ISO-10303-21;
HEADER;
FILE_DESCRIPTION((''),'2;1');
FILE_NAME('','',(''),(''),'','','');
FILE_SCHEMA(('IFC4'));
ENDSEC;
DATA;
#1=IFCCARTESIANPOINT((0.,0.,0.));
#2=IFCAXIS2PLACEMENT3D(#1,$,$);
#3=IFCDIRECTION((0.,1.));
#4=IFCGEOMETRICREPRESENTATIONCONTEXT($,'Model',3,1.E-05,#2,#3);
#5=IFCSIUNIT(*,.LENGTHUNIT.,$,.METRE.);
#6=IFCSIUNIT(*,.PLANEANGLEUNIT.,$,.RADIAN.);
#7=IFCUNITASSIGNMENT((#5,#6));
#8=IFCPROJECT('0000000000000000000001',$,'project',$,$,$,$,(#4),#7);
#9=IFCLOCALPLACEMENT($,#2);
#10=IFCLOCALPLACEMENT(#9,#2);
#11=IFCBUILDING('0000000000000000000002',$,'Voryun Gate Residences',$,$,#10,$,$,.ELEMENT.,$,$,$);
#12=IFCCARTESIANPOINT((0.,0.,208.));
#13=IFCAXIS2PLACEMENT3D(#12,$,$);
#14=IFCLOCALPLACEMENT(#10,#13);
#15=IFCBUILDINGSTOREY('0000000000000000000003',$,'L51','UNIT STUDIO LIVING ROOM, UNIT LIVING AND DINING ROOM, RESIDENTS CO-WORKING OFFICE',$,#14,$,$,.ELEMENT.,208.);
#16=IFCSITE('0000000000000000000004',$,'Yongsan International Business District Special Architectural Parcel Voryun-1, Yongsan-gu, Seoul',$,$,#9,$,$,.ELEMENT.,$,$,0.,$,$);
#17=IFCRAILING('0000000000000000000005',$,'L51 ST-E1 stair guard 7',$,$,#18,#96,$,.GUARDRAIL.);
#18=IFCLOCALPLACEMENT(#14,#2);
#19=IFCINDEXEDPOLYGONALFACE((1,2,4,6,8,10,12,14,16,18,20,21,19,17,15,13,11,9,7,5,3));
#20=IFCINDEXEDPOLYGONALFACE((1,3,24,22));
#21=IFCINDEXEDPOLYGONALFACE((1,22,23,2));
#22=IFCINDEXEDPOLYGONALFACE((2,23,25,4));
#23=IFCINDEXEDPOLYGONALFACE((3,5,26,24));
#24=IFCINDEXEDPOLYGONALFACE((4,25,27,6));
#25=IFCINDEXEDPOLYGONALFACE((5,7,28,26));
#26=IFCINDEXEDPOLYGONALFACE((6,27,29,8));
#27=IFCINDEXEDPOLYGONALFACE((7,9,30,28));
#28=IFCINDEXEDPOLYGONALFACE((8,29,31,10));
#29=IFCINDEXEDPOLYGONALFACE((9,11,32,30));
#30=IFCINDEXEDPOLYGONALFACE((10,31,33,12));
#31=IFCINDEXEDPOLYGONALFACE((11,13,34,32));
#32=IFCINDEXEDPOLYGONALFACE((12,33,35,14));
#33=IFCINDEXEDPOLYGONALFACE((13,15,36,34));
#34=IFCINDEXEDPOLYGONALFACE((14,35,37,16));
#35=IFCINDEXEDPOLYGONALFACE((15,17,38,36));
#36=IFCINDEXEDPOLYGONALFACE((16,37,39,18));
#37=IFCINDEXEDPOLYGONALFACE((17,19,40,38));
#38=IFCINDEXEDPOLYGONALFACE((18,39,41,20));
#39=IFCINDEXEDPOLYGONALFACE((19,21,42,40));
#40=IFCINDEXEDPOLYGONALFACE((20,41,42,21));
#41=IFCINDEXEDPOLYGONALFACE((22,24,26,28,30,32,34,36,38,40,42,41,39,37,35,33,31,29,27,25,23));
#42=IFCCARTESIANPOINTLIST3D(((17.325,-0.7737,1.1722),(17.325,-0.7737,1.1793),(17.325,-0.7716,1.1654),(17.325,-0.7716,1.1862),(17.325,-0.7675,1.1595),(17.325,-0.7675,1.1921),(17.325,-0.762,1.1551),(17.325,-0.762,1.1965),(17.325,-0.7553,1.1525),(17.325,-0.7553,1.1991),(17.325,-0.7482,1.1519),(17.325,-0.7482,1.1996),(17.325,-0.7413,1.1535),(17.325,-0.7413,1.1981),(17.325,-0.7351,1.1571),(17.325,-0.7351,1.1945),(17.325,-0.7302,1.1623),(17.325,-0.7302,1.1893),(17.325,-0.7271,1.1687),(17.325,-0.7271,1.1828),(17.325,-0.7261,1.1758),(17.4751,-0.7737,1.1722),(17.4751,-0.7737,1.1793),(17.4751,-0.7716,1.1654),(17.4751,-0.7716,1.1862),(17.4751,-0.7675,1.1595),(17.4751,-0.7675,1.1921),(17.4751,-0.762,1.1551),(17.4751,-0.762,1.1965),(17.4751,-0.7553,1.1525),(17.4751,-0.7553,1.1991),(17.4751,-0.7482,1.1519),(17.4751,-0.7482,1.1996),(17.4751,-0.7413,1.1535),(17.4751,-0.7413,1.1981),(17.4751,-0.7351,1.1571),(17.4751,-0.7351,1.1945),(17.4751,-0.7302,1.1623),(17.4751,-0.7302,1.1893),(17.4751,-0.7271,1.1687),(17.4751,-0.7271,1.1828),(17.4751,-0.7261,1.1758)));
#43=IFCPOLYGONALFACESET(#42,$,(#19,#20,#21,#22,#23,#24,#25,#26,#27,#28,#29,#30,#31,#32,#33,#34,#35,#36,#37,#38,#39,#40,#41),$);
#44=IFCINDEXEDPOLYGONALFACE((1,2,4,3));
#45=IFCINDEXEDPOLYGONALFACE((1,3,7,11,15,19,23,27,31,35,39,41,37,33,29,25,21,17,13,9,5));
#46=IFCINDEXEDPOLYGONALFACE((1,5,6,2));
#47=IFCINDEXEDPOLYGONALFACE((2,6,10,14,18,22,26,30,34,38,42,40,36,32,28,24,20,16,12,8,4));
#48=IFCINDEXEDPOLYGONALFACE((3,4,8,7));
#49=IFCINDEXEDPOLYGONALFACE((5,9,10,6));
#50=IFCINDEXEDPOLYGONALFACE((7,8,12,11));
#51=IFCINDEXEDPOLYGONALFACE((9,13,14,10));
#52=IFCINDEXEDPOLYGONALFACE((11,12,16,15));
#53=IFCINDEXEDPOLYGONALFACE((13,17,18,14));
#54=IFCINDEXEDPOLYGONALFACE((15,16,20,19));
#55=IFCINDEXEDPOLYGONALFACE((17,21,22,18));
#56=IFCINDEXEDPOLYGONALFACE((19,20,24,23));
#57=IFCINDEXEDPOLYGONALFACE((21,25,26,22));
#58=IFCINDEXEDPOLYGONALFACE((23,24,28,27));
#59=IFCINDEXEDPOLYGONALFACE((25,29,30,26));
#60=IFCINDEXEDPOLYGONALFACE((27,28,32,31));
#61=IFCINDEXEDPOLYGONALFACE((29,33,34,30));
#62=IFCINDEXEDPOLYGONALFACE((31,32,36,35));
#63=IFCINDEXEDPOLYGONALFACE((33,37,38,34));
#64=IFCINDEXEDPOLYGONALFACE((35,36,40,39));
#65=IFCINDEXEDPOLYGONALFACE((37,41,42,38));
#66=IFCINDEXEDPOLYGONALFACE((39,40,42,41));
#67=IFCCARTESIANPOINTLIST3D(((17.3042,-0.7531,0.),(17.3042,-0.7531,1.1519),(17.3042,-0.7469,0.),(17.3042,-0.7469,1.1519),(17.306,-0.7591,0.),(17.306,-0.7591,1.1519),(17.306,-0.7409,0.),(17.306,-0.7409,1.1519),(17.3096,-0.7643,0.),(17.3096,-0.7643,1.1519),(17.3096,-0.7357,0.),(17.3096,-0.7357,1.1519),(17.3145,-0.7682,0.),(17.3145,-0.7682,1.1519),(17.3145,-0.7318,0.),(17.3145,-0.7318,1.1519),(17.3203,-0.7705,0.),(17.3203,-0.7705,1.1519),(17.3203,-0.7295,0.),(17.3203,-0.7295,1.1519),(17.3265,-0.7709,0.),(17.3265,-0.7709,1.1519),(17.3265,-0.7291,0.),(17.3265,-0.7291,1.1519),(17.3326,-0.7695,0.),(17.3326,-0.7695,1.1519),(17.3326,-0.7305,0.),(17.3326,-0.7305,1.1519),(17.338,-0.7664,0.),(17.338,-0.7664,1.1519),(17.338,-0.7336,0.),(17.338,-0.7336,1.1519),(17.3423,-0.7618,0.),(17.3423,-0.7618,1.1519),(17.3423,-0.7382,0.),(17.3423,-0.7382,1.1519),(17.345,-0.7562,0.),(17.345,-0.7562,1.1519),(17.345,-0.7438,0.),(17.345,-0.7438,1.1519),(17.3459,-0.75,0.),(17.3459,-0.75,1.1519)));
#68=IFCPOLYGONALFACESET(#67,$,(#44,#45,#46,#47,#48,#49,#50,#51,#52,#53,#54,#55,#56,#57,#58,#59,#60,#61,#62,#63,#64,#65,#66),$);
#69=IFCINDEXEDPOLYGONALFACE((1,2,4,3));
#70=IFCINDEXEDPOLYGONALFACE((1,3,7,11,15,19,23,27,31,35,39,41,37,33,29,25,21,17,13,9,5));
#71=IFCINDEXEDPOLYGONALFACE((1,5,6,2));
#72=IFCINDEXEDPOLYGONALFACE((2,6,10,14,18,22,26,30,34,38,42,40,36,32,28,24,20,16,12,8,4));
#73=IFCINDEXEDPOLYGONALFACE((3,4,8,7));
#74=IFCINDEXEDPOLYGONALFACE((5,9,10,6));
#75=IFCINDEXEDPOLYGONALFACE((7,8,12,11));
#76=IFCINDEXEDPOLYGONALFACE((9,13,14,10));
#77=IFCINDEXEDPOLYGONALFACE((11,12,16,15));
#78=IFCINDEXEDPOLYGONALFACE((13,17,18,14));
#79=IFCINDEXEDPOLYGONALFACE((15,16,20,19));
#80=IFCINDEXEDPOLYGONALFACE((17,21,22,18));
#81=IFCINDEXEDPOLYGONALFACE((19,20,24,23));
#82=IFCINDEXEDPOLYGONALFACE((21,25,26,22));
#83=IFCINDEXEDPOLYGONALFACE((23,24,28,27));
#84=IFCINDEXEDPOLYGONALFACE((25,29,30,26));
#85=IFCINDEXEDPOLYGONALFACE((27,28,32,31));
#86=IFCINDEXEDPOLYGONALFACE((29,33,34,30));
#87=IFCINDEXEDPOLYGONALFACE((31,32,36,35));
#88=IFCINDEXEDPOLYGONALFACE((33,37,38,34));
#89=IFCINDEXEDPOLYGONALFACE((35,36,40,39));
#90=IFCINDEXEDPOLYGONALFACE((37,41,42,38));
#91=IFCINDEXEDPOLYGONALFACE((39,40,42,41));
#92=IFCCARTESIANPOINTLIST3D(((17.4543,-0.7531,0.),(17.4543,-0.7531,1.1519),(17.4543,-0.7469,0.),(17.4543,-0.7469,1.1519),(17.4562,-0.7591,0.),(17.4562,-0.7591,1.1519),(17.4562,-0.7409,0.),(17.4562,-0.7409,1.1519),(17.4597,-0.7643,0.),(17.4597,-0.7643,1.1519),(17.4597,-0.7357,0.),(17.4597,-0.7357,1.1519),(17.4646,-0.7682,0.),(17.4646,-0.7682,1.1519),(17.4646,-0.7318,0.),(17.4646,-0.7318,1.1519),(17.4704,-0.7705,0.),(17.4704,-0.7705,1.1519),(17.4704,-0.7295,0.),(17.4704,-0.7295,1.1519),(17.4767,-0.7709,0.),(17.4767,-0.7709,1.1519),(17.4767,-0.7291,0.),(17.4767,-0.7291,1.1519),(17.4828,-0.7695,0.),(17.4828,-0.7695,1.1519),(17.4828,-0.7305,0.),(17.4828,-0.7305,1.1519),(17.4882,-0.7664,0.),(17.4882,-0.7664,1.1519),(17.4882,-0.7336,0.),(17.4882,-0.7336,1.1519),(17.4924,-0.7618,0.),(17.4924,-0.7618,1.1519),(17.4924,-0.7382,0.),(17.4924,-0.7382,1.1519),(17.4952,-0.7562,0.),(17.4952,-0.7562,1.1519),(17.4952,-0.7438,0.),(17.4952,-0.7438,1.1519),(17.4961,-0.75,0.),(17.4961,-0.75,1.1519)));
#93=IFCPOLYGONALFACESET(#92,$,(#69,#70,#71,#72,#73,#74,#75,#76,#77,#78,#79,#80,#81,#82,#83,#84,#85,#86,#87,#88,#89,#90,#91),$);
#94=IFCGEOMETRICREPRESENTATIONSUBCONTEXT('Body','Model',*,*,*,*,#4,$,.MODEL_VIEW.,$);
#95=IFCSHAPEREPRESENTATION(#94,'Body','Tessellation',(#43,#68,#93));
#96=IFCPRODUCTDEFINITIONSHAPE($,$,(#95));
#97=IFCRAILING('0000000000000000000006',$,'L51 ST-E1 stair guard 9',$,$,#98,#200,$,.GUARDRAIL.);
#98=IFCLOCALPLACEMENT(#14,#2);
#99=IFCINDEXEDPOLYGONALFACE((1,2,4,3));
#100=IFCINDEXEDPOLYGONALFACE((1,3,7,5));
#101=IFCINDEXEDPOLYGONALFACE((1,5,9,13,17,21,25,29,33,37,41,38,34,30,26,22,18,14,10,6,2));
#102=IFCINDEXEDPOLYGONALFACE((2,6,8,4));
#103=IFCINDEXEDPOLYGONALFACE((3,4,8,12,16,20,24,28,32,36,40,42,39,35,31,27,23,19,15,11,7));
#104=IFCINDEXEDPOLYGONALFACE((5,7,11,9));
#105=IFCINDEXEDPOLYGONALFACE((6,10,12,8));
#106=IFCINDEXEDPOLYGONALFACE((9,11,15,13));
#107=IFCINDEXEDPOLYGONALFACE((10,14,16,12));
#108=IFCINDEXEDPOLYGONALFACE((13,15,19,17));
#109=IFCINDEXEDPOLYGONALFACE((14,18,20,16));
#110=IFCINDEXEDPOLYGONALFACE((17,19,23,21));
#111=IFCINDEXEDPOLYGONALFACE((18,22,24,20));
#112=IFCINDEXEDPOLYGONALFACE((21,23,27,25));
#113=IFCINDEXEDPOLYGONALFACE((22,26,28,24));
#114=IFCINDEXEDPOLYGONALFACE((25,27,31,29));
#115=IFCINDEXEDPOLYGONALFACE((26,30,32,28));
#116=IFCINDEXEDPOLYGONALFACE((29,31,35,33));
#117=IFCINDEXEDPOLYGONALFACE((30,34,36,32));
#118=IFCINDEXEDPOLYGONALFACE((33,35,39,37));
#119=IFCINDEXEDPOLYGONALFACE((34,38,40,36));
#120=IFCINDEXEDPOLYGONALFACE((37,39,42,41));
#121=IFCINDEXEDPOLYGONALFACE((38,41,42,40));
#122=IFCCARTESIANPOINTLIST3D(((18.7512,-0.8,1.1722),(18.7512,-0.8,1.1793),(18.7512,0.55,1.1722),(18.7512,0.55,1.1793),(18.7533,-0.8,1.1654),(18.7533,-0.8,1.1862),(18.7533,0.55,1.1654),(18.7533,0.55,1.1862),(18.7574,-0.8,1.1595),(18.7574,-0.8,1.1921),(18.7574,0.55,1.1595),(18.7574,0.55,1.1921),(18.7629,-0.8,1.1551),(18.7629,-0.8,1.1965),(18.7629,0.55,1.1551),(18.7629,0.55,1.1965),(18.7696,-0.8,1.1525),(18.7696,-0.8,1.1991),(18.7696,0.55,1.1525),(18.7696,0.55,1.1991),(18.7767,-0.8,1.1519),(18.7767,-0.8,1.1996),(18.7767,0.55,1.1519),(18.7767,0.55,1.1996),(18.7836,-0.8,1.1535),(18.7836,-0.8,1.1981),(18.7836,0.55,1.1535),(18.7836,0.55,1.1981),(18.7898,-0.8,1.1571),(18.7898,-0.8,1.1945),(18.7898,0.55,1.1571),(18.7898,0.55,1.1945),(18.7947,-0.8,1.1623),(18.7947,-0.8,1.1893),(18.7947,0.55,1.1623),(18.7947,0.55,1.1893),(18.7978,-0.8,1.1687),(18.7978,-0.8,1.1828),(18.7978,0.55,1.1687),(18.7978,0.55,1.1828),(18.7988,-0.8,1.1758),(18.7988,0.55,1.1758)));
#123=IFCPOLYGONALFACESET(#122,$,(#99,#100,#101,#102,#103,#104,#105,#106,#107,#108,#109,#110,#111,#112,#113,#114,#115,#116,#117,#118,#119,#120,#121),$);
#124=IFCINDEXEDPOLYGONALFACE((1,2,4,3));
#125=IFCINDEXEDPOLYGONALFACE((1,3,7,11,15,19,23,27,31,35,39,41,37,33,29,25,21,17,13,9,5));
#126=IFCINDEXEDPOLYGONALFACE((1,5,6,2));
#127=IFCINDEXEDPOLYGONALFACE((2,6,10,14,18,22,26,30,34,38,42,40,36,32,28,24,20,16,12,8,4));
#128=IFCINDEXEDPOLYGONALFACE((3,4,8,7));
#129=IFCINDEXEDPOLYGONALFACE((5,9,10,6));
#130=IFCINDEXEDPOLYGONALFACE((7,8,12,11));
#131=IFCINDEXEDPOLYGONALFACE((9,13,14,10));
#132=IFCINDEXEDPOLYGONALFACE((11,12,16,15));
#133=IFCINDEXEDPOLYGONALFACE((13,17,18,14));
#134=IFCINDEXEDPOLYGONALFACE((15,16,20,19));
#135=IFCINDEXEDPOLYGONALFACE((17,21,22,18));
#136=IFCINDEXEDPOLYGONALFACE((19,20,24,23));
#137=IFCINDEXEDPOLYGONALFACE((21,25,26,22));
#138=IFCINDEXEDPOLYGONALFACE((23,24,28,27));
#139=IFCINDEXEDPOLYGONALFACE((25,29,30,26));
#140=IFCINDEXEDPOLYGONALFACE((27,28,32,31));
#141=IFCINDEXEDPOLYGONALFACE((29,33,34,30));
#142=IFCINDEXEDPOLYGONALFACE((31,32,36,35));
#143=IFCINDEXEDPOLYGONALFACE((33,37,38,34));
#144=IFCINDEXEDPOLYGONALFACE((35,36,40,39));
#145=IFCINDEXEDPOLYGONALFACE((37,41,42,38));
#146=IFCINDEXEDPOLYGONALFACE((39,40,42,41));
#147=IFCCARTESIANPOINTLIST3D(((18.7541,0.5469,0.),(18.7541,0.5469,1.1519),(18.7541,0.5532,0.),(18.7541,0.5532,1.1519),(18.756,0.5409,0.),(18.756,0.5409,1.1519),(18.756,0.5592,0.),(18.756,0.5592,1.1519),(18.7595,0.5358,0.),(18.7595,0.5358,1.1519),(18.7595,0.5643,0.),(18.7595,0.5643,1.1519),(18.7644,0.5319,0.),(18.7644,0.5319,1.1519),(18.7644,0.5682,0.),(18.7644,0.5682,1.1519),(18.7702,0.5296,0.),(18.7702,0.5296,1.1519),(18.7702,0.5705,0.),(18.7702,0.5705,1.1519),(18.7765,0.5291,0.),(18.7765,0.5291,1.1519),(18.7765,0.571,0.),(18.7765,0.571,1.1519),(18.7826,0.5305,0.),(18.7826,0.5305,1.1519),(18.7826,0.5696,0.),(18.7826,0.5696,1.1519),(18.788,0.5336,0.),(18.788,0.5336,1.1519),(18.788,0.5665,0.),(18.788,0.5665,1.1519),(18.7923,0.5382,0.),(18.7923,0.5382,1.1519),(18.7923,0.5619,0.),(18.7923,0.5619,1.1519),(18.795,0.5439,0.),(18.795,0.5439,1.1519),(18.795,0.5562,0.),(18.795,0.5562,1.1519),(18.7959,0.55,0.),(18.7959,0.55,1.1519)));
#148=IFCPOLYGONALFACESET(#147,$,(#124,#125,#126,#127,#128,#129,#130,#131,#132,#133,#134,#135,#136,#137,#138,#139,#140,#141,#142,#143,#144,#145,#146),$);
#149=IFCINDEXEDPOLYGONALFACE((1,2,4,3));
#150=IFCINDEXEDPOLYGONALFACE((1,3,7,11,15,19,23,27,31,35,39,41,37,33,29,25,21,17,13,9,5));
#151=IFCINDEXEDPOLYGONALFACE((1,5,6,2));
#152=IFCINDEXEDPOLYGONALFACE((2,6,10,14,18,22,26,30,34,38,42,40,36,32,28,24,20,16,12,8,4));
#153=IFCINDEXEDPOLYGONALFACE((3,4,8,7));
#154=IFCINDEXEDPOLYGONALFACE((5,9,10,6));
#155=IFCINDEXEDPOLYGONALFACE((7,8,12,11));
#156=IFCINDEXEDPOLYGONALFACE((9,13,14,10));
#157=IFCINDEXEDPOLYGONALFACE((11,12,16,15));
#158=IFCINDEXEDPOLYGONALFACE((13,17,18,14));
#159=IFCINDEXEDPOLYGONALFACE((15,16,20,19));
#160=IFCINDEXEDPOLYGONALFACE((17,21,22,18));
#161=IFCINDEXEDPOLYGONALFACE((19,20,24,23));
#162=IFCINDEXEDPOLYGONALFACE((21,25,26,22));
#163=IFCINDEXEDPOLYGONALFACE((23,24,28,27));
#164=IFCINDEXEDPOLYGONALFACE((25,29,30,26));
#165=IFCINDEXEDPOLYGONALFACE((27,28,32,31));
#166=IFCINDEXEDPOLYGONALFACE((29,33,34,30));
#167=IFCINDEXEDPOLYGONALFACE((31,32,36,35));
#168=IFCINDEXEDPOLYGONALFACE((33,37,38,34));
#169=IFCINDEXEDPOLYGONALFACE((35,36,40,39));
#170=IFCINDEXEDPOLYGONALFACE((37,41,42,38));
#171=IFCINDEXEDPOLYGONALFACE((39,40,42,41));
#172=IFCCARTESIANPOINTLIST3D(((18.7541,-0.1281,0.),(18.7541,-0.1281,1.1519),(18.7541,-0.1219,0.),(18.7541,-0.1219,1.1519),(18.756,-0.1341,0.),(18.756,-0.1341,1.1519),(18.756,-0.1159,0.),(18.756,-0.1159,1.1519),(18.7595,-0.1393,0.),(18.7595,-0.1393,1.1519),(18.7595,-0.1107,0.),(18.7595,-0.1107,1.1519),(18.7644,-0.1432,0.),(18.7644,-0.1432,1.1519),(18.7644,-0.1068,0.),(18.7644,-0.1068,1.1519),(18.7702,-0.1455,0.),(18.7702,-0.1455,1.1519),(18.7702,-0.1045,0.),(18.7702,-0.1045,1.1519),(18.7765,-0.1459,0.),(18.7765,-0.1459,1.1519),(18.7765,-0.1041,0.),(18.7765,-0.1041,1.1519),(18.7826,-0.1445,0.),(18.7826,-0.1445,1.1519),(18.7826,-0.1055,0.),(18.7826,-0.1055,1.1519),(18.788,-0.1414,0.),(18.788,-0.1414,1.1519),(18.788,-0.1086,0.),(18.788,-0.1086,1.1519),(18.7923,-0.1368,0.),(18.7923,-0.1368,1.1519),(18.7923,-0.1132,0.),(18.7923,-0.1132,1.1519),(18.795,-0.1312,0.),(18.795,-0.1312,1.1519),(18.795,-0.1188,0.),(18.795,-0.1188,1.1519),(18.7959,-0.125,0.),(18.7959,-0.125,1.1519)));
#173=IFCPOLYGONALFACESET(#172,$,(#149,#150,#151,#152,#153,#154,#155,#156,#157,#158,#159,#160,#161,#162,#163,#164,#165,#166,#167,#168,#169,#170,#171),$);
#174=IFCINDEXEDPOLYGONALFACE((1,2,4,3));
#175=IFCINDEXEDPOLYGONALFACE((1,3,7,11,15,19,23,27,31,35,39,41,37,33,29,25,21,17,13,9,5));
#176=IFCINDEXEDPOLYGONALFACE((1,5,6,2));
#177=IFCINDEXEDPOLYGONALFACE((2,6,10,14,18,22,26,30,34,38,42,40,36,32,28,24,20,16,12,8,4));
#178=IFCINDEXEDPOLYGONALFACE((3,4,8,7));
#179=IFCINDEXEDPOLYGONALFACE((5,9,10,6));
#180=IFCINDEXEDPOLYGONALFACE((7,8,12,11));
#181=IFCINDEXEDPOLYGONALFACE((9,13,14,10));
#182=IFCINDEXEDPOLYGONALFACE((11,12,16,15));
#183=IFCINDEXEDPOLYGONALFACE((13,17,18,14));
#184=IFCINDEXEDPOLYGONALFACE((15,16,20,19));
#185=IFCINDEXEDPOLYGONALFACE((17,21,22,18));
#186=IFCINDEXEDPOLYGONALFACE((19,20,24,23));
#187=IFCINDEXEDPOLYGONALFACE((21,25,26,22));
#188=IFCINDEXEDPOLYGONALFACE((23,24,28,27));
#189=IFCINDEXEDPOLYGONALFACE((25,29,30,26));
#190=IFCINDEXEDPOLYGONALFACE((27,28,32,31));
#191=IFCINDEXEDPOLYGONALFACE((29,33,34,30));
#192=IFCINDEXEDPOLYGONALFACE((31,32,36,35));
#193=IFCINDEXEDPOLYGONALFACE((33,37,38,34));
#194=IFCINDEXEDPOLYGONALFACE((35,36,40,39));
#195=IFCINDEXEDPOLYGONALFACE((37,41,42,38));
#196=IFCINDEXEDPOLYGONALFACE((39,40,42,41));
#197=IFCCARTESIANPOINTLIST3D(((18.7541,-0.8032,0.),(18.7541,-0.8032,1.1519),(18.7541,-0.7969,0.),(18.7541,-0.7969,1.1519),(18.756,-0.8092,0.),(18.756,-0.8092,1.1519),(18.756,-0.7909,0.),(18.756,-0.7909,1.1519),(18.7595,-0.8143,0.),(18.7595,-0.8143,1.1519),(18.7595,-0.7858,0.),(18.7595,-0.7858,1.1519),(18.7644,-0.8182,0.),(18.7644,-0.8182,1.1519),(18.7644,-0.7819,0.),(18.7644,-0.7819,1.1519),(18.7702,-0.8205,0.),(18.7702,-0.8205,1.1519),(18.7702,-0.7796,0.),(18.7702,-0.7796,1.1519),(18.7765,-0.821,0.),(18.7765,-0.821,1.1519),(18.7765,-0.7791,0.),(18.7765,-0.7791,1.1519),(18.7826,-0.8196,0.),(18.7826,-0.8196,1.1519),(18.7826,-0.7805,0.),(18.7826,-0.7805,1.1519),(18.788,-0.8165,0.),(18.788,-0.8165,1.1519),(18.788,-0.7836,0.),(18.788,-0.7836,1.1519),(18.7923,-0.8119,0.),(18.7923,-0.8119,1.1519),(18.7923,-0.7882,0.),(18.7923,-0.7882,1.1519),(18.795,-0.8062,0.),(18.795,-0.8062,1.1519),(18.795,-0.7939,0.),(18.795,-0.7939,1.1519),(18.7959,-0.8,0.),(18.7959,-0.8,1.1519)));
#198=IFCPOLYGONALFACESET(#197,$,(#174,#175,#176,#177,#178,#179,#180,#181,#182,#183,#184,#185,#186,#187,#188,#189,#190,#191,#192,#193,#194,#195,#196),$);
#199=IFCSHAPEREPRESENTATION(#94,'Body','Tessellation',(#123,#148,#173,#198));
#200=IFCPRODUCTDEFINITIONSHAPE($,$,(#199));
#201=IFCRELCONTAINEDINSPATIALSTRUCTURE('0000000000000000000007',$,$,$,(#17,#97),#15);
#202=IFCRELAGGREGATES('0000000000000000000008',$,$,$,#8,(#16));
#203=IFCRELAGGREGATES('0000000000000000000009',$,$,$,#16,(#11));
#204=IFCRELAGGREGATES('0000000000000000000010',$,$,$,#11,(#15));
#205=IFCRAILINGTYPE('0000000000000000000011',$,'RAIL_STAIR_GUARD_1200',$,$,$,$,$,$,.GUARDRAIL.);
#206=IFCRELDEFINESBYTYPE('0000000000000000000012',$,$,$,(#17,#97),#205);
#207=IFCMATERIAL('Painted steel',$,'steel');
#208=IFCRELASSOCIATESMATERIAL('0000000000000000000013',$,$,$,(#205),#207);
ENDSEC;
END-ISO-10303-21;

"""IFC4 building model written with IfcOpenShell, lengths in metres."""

from ifc_helpers import new_model, si_unit, direction, frame, origin, origin_2d, place, context, subcontext, project, spatial, circle, extrude, material, type_object, element, save


model = new_model("IFC4")

# Units and contexts
model_context = context("Model", 3, precision=1e-05, world=origin(), true_north=direction((0.0, 1.0)))
body_context = subcontext(model_context, "Body", "Model", "MODEL_VIEW")
ifc_project = project(units=[si_unit("LENGTHUNIT", "METRE"), si_unit("PLANEANGLEUNIT", "RADIAN")], contexts=[model_context])

# Site, building, storey
site_placement = place(None, origin())
site = spatial("IfcSite", under=ifc_project, at=site_placement, Name="Yongsan International Business District Special Architectural Parcel Voryun-1, Yongsan-gu, Seoul", CompositionType="ELEMENT", RefElevation=0.0)
building_placement = place(site_placement, origin())
building = spatial("IfcBuilding", under=site, at=building_placement, Name="Voryun Gate Residences", CompositionType="ELEMENT")
storey_placement = place(building_placement, frame((0.0, 0.0, 208.0)))
storey = spatial("IfcBuildingStorey", under=building, at=storey_placement, Name="L51", Description="UNIT STUDIO LIVING ROOM, UNIT LIVING AND DINING ROOM, RESIDENTS CO-WORKING OFFICE", CompositionType="ELEMENT", Elevation=208.0)

# Railings
ifc_material_1 = material(Name="Painted steel", Category="steel")
railing_type_1 = type_object("IfcRailingType", Name="RAIL_STAIR_GUARD_1200", PredefinedType="GUARDRAIL", material=ifc_material_1)
railing_1_placement = place(storey_placement, frame((17.325, -0.75, 0.0)))
element("IfcRailing", 1, at=railing_1_placement, inside=storey, type_object=railing_type_1, Name="L51 ST-E1 stair guard 7", PredefinedType="GUARDRAIL", context=body_context, shape_type="SweptSolid", body=[
    extrude(circle(Radius=0.0239, at=origin_2d()), frame((0.0, 0.0, 1.1758), z_axis=(1.0, 0.0, 0.0), x_axis=(0.0, 1.0, 0.0)), (0.0, 0.0, 1.0), 0.1501),
    extrude(circle(Radius=0.021, at=origin_2d()), origin(), (0.0, 0.0, 1.0), 1.1519),
    extrude(circle(Radius=0.021, at=origin_2d()), frame((0.1501, 0.0, 0.0)), (0.0, 0.0, 1.0), 1.1519),
])
railing_2_placement = place(storey_placement, frame((18.7749, 0.55, 0.0)))
element("IfcRailing", 2, at=railing_2_placement, inside=storey, type_object=railing_type_1, Name="L51 ST-E1 stair guard 9", PredefinedType="GUARDRAIL", context=body_context, shape_type="SweptSolid", body=[
    extrude(circle(Radius=0.0239, at=origin_2d()), frame((0.0, 0.0, 1.1758), z_axis=(0.0, -1.0, 0.0), x_axis=(1.0, 0.0, 0.0)), (0.0, 0.0, 1.0), 1.3501),
    extrude(circle(Radius=0.021, at=origin_2d()), origin(), (0.0, 0.0, 1.0), 1.1519),
    extrude(circle(Radius=0.021, at=origin_2d()), frame((0.0, -0.675, 0.0)), (0.0, 0.0, 1.0), 1.1519),
    extrude(circle(Radius=0.021, at=origin_2d()), frame((0.0, -1.3501, 0.0)), (0.0, 0.0, 1.0), 1.1519),
])

save(model, "model.ifc")
